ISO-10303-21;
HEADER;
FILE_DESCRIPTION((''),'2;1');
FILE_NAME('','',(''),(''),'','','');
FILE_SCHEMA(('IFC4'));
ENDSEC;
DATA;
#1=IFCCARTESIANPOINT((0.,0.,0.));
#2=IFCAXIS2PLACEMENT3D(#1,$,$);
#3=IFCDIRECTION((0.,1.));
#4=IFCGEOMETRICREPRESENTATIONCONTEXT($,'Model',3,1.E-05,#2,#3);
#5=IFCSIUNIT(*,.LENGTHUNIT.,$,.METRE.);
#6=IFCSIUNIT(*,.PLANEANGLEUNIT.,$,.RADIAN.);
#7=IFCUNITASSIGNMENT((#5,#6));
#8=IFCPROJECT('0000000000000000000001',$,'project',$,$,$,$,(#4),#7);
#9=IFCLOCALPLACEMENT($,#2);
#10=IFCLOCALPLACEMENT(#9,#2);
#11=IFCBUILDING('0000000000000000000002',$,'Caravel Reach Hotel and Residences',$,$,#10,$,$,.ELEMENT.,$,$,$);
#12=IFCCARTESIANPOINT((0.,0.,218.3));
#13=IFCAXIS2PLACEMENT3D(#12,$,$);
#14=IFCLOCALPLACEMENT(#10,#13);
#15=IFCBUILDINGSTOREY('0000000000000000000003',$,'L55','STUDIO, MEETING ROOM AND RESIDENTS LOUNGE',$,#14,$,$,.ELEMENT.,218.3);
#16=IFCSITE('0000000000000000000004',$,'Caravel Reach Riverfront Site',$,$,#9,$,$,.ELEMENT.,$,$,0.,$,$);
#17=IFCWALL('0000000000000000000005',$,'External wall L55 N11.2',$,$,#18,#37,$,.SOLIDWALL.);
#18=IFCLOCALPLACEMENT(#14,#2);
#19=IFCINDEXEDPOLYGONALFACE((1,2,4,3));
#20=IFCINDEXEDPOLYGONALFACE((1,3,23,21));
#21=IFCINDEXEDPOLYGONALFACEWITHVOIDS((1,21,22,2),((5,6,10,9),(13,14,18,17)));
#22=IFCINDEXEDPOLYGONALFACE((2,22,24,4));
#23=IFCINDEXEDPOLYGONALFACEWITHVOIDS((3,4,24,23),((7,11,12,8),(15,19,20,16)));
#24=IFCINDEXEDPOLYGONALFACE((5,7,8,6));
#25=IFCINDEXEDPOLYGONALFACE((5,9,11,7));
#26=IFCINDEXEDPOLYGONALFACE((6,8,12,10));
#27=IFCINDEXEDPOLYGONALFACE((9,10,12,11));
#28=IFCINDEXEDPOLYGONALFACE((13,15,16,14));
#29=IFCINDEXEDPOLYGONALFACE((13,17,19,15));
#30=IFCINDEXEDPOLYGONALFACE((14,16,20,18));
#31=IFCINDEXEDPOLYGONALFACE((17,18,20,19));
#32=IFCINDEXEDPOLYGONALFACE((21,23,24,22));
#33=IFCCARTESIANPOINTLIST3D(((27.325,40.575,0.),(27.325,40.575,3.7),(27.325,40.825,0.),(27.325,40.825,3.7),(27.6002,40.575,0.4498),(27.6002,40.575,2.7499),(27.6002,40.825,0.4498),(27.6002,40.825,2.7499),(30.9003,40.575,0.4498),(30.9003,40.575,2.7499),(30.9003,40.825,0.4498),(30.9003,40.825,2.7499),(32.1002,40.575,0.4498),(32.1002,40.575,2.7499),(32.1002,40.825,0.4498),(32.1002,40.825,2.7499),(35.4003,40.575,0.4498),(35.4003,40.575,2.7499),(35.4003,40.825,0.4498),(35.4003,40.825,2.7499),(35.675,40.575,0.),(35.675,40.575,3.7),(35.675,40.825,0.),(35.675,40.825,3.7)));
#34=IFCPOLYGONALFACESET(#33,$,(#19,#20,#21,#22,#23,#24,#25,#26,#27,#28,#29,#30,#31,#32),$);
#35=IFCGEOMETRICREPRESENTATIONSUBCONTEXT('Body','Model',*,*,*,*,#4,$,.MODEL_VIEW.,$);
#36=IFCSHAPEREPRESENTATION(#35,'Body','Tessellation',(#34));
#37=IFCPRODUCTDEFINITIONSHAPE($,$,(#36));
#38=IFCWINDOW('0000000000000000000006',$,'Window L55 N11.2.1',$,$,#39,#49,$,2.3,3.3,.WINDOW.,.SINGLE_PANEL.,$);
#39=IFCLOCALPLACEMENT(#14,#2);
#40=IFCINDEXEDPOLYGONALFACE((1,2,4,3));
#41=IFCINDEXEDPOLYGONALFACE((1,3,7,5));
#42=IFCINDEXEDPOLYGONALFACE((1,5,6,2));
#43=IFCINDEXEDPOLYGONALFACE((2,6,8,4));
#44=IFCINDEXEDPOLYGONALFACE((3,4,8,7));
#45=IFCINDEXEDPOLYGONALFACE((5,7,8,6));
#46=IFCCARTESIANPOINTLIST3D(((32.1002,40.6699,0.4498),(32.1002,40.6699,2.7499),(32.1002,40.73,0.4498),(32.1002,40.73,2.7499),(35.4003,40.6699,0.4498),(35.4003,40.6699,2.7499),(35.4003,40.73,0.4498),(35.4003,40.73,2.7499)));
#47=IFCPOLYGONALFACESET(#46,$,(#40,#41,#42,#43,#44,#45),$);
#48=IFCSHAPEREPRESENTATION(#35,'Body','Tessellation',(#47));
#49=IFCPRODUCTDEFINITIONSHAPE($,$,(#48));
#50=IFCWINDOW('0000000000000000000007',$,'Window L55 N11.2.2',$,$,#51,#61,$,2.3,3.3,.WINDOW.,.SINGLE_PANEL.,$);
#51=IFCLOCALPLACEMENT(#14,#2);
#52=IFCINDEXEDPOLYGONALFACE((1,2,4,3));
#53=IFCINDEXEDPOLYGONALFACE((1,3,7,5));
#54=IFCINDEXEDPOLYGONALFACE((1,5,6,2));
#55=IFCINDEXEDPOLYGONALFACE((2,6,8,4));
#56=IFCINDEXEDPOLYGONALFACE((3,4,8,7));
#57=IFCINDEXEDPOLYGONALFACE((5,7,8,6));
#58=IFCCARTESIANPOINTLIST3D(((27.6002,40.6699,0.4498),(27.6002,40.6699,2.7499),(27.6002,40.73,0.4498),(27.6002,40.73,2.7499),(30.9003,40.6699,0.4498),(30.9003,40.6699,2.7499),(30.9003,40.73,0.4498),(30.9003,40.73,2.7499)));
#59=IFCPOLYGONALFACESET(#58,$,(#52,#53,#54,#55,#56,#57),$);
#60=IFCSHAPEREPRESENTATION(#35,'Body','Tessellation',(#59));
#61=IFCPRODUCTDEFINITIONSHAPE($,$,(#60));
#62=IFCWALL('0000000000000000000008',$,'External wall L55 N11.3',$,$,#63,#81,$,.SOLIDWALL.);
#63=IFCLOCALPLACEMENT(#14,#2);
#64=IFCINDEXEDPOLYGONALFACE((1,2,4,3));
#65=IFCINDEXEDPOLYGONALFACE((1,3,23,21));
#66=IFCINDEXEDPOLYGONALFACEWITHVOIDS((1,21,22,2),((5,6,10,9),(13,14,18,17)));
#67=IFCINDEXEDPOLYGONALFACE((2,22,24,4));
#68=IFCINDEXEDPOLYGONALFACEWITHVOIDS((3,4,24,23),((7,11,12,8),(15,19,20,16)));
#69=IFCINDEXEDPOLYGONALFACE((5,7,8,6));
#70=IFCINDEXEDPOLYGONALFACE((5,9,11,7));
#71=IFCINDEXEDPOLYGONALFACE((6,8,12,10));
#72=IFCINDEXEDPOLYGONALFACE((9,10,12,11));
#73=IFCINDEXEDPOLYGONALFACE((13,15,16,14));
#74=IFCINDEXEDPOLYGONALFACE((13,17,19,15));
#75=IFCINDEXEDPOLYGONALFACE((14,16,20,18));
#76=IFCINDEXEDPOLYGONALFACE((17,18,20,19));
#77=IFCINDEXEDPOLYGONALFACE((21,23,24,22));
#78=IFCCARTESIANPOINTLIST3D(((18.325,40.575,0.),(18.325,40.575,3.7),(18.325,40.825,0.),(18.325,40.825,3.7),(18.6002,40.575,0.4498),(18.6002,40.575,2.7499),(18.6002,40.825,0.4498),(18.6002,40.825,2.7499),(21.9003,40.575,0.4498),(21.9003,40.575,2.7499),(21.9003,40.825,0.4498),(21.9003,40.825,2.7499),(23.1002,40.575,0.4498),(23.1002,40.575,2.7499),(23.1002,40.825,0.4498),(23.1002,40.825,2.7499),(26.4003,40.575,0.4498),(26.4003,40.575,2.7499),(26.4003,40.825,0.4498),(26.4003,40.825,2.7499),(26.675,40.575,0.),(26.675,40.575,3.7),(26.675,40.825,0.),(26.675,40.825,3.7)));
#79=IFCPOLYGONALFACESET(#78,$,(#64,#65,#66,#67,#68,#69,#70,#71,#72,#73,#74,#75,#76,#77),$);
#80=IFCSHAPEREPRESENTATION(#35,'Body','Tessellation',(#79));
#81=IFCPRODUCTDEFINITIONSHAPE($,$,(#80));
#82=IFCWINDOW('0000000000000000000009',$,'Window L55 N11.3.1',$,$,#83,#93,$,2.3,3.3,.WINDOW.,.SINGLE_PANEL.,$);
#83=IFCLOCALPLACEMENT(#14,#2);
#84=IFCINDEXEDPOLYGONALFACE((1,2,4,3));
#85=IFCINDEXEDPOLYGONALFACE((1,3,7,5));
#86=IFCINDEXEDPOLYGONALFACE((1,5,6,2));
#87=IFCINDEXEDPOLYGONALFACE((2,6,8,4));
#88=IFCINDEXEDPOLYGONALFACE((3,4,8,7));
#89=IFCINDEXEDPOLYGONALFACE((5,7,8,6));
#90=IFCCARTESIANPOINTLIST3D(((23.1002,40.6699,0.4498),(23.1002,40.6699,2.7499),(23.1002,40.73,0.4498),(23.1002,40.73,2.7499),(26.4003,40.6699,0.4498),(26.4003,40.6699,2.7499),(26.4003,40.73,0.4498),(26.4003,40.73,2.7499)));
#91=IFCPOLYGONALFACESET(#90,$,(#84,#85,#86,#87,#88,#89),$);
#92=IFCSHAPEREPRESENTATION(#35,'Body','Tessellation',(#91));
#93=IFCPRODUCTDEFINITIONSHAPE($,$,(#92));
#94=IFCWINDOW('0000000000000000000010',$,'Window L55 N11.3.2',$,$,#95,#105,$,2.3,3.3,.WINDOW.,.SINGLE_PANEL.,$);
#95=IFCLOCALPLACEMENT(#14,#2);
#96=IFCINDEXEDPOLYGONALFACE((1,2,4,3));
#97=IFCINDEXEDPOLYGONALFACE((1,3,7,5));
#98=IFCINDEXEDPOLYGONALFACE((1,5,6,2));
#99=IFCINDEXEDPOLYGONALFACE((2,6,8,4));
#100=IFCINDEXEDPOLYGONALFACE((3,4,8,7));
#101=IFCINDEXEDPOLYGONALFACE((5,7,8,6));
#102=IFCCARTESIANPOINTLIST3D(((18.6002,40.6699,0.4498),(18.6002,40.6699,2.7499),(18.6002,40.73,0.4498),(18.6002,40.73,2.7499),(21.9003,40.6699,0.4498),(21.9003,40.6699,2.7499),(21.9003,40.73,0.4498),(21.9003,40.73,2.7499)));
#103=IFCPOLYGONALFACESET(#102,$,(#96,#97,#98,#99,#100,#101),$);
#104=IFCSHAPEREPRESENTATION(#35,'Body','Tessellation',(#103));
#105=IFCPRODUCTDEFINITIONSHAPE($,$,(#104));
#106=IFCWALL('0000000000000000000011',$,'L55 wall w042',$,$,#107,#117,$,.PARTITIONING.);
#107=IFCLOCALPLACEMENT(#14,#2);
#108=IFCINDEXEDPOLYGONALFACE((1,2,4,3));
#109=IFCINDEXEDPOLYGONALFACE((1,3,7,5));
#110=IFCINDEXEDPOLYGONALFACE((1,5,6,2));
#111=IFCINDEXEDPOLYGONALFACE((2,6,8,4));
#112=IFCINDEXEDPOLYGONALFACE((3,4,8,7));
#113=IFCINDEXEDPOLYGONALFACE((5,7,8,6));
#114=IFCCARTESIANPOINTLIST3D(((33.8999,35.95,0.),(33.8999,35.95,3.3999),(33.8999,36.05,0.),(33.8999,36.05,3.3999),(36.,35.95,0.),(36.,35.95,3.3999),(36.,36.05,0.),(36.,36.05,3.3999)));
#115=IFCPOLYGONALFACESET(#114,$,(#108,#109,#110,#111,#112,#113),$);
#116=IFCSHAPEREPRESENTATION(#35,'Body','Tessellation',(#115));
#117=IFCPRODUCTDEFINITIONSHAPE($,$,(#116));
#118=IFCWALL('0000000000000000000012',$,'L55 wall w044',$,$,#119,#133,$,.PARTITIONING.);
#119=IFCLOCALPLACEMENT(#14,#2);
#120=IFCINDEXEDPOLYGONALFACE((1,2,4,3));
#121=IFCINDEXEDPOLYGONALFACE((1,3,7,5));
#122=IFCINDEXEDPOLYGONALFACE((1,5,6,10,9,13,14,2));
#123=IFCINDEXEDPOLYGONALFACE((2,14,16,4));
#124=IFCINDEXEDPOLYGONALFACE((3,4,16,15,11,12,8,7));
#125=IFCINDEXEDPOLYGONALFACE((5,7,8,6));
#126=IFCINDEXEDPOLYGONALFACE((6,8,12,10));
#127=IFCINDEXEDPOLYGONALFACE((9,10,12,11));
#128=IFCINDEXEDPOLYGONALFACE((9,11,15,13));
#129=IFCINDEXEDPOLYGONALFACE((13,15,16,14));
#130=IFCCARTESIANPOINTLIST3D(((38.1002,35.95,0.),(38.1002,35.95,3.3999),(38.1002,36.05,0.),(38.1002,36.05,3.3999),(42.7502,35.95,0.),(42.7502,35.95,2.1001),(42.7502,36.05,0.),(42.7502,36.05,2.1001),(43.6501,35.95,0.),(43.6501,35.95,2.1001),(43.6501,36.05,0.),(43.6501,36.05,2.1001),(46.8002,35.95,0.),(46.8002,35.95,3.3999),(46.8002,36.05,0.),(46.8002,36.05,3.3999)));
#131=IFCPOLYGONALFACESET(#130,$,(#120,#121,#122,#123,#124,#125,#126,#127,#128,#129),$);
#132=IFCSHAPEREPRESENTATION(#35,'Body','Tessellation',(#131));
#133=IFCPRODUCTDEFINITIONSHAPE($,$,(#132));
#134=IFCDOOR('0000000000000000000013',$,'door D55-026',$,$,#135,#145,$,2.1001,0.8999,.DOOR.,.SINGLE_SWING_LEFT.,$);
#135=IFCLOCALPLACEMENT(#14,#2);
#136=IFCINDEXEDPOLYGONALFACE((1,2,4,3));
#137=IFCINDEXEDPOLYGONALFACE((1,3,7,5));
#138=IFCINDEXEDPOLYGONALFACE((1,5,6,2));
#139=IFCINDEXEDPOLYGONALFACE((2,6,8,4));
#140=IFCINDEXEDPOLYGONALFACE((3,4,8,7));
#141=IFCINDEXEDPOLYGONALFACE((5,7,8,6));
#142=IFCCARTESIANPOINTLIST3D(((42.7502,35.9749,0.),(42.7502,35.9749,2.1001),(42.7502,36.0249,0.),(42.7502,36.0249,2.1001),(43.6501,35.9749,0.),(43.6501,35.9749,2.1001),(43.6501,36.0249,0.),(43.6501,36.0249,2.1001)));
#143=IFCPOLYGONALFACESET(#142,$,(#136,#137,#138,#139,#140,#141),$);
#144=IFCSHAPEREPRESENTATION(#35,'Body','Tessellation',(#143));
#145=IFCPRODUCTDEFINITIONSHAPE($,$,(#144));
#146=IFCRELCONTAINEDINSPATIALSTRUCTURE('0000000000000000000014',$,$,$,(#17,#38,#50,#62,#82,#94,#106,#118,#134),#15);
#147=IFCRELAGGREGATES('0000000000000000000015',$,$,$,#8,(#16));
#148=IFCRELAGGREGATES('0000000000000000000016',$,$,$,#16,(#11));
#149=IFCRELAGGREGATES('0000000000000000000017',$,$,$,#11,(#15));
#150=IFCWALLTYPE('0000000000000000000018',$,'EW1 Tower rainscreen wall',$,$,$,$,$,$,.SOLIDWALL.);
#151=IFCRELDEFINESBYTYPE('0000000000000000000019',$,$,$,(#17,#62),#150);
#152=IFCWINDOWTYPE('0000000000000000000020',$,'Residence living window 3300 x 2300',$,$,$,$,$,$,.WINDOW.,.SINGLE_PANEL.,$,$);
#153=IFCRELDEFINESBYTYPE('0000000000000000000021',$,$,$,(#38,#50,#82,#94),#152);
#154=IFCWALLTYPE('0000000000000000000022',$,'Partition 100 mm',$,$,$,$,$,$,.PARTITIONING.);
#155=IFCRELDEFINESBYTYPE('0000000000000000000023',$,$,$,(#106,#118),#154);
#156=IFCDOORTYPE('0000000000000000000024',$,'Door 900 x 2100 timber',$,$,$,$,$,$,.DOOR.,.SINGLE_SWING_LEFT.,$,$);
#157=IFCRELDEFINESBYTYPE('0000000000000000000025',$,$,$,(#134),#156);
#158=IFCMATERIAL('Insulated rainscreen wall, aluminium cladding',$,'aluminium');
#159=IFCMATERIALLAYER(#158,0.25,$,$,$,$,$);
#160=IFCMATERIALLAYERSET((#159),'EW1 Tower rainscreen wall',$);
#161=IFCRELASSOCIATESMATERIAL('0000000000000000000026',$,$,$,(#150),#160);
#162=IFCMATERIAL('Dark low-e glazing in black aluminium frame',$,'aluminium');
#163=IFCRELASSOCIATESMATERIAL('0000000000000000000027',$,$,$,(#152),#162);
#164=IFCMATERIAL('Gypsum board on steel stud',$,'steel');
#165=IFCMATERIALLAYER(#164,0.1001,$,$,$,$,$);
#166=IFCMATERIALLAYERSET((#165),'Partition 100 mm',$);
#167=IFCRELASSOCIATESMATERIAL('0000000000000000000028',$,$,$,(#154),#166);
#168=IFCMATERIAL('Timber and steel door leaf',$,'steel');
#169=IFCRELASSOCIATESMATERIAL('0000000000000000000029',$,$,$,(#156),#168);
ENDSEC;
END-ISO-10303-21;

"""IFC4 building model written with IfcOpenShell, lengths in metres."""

from ifc_helpers import new_model, si_unit, direction, frame, frame_2d, origin, place, context, subcontext, project, spatial, rectangle, extrude, material, layer, layer_set, type_object, element, fill, save


model = new_model("IFC4")

# Units and contexts
model_context = context("Model", 3, precision=1e-05, world=origin(), true_north=direction((0.0, 1.0)))
body_context = subcontext(model_context, "Body", "Model", "MODEL_VIEW")
ifc_project = project(units=[si_unit("LENGTHUNIT", "METRE"), si_unit("PLANEANGLEUNIT", "RADIAN")], contexts=[model_context])

# Site, building, storey
site_placement = place(None, origin())
site = spatial("IfcSite", under=ifc_project, at=site_placement, Name="Caravel Reach Riverfront Site", CompositionType="ELEMENT", RefElevation=0.0)
building_placement = place(site_placement, origin())
building = spatial("IfcBuilding", under=site, at=building_placement, Name="Caravel Reach Hotel and Residences", CompositionType="ELEMENT")
storey_placement = place(building_placement, frame((0.0, 0.0, 218.3)))
storey = spatial("IfcBuildingStorey", under=building, at=storey_placement, Name="L55", Description="STUDIO, MEETING ROOM AND RESIDENTS LOUNGE", CompositionType="ELEMENT", Elevation=218.3)

# Walls, openings, windows
ifc_material_1 = material(Name="Insulated rainscreen wall, aluminium cladding", Category="aluminium")
ifc_layer_1 = layer(ifc_material_1, 0.25)
ifc_layer_set_1 = layer_set([ifc_layer_1], Name="EW1 Tower rainscreen wall")
wall_type_1 = type_object("IfcWallType", Name="EW1 Tower rainscreen wall", PredefinedType="SOLIDWALL", material=ifc_layer_set_1)
wall_1_placement = place(storey_placement, frame((35.675, 40.7, 0.0), z_axis=(0.0, 0.0, 1.0), x_axis=(-1.0, 0.0, 0.0)))
wall_1 = element("IfcWall", 1, at=wall_1_placement, inside=storey, type_object=wall_type_1, Name="External wall L55 N11.2", PredefinedType="SOLIDWALL", context=body_context, shape_type="SweptSolid", body=[
    extrude(rectangle(XDim=8.3501, YDim=0.25, at=frame_2d((4.175, 0.0))), origin(), (0.0, 0.0, 1.0), 3.7),
])
opening_1_placement = place(wall_1_placement, frame((0.2749, 0.0, 0.45)))
opening_1 = element("IfcOpeningElement", 2, at=opening_1_placement, cuts=wall_1, PredefinedType="OPENING", context=body_context, shape_type="SweptSolid", body=[
    extrude(rectangle(XDim=3.3, YDim=2.3, at=frame_2d((1.6499, 1.1499))), frame((0.0, 0.135, 0.0), z_axis=(0.0, -1.0, 0.0), x_axis=(1.0, 0.0, 0.0)), (0.0, 0.0, 1.0), 0.27),
])
opening_2_placement = place(wall_1_placement, frame((4.7749, 0.0, 0.45)))
opening_2 = element("IfcOpeningElement", 3, at=opening_2_placement, cuts=wall_1, PredefinedType="OPENING", context=body_context, shape_type="SweptSolid", body=[
    extrude(rectangle(XDim=3.3, YDim=2.3, at=frame_2d((1.6499, 1.1499))), frame((0.0, 0.135, 0.0), z_axis=(0.0, -1.0, 0.0), x_axis=(1.0, 0.0, 0.0)), (0.0, 0.0, 1.0), 0.27),
])
ifc_material_2 = material(Name="Dark low-e glazing in black aluminium frame", Category="aluminium")
window_type = type_object("IfcWindowType", Name="Residence living window 3300 x 2300", PartitioningType="SINGLE_PANEL", PredefinedType="WINDOW", material=ifc_material_2)
window_1_placement = place(opening_1_placement, origin())
window_1 = element("IfcWindow", 4, at=window_1_placement, inside=storey, type_object=window_type, Name="Window L55 N11.2.1", OverallHeight=2.3, OverallWidth=3.3, PartitioningType="SINGLE_PANEL", PredefinedType="WINDOW", context=body_context, shape_type="SweptSolid", body=[
    extrude(rectangle(XDim=3.3, YDim=2.3, at=frame_2d((1.6499, 1.1499))), frame((0.0, 0.03, 0.0), z_axis=(0.0, -1.0, 0.0), x_axis=(1.0, 0.0, 0.0)), (0.0, 0.0, 1.0), 0.0601),
])
fill(opening_1, window_1)
window_2_placement = place(opening_2_placement, origin())
window_2 = element("IfcWindow", 5, at=window_2_placement, inside=storey, type_object=window_type, Name="Window L55 N11.2.2", OverallHeight=2.3, OverallWidth=3.3, PartitioningType="SINGLE_PANEL", PredefinedType="WINDOW", context=body_context, shape_type="SweptSolid", body=[
    extrude(rectangle(XDim=3.3, YDim=2.3, at=frame_2d((1.6499, 1.1499))), frame((0.0, 0.03, 0.0), z_axis=(0.0, -1.0, 0.0), x_axis=(1.0, 0.0, 0.0)), (0.0, 0.0, 1.0), 0.0601),
])
fill(opening_2, window_2)
wall_2_placement = place(storey_placement, frame((26.675, 40.7, 0.0), z_axis=(0.0, 0.0, 1.0), x_axis=(-1.0, 0.0, 0.0)))
wall_2 = element("IfcWall", 6, at=wall_2_placement, inside=storey, type_object=wall_type_1, Name="External wall L55 N11.3", PredefinedType="SOLIDWALL", context=body_context, shape_type="SweptSolid", body=[
    extrude(rectangle(XDim=8.3501, YDim=0.25, at=frame_2d((4.175, 0.0))), origin(), (0.0, 0.0, 1.0), 3.7),
])
opening_3_placement = place(wall_2_placement, frame((0.2749, 0.0, 0.45)))
opening_3 = element("IfcOpeningElement", 7, at=opening_3_placement, cuts=wall_2, PredefinedType="OPENING", context=body_context, shape_type="SweptSolid", body=[
    extrude(rectangle(XDim=3.3, YDim=2.3, at=frame_2d((1.6499, 1.1499))), frame((0.0, 0.135, 0.0), z_axis=(0.0, -1.0, 0.0), x_axis=(1.0, 0.0, 0.0)), (0.0, 0.0, 1.0), 0.27),
])
opening_4_placement = place(wall_2_placement, frame((4.7749, 0.0, 0.45)))
opening_4 = element("IfcOpeningElement", 8, at=opening_4_placement, cuts=wall_2, PredefinedType="OPENING", context=body_context, shape_type="SweptSolid", body=[
    extrude(rectangle(XDim=3.3, YDim=2.3, at=frame_2d((1.6499, 1.1499))), frame((0.0, 0.135, 0.0), z_axis=(0.0, -1.0, 0.0), x_axis=(1.0, 0.0, 0.0)), (0.0, 0.0, 1.0), 0.27),
])
window_3_placement = place(opening_3_placement, origin())
window_3 = element("IfcWindow", 9, at=window_3_placement, inside=storey, type_object=window_type, Name="Window L55 N11.3.1", OverallHeight=2.3, OverallWidth=3.3, PartitioningType="SINGLE_PANEL", PredefinedType="WINDOW", context=body_context, shape_type="SweptSolid", body=[
    extrude(rectangle(XDim=3.3, YDim=2.3, at=frame_2d((1.6499, 1.1499))), frame((0.0, 0.03, 0.0), z_axis=(0.0, -1.0, 0.0), x_axis=(1.0, 0.0, 0.0)), (0.0, 0.0, 1.0), 0.0601),
])
fill(opening_3, window_3)
window_4_placement = place(opening_4_placement, origin())
window_4 = element("IfcWindow", 10, at=window_4_placement, inside=storey, type_object=window_type, Name="Window L55 N11.3.2", OverallHeight=2.3, OverallWidth=3.3, PartitioningType="SINGLE_PANEL", PredefinedType="WINDOW", context=body_context, shape_type="SweptSolid", body=[
    extrude(rectangle(XDim=3.3, YDim=2.3, at=frame_2d((1.6499, 1.1499))), frame((0.0, 0.03, 0.0), z_axis=(0.0, -1.0, 0.0), x_axis=(1.0, 0.0, 0.0)), (0.0, 0.0, 1.0), 0.0601),
])
fill(opening_4, window_4)

# Wall
ifc_material_3 = material(Name="Gypsum board on steel stud", Category="steel")
ifc_layer_2 = layer(ifc_material_3, 0.1001)
ifc_layer_set_2 = layer_set([ifc_layer_2], Name="Partition 100 mm")
wall_type_2 = type_object("IfcWallType", Name="Partition 100 mm", PredefinedType="PARTITIONING", material=ifc_layer_set_2)
wall_3_placement = place(storey_placement, frame((33.8999, 36.0, 0.0), z_axis=(0.0, 0.0, 1.0), x_axis=(1.0, 0.0, 0.0)))
element("IfcWall", 11, at=wall_3_placement, inside=storey, type_object=wall_type_2, Name="L55 wall w042", PredefinedType="PARTITIONING", context=body_context, shape_type="SweptSolid", body=[
    extrude(rectangle(XDim=2.1001, YDim=0.1001, at=frame_2d((1.05, 0.0))), origin(), (0.0, 0.0, 1.0), 3.3999),
])

# Wall, opening, door
wall_4_placement = place(storey_placement, frame((38.1001, 36.0, 0.0), z_axis=(0.0, 0.0, 1.0), x_axis=(1.0, 0.0, 0.0)))
wall_4 = element("IfcWall", 12, at=wall_4_placement, inside=storey, type_object=wall_type_2, Name="L55 wall w044", PredefinedType="PARTITIONING", context=body_context, shape_type="SweptSolid", body=[
    extrude(rectangle(XDim=8.7, YDim=0.1001, at=frame_2d((4.3501, 0.0))), origin(), (0.0, 0.0, 1.0), 3.3999),
])
opening_5_placement = place(wall_4_placement, frame((4.6501, 0.0, 0.0)))
opening_5 = element("IfcOpeningElement", 13, at=opening_5_placement, cuts=wall_4, PredefinedType="OPENING", context=body_context, shape_type="SweptSolid", body=[
    extrude(rectangle(XDim=0.8999, YDim=2.1001, at=frame_2d((0.45, 1.05))), frame((0.0, 0.0601, 0.0), z_axis=(0.0, -1.0, 0.0), x_axis=(1.0, 0.0, 0.0)), (0.0, 0.0, 1.0), 0.1201),
])
ifc_material_4 = material(Name="Timber and steel door leaf", Category="steel")
door_type_1 = type_object("IfcDoorType", Name="Door 900 x 2100 timber", OperationType="SINGLE_SWING_LEFT", PredefinedType="DOOR", material=ifc_material_4)
door_1_placement = place(opening_5_placement, origin())
door_1 = element("IfcDoor", 14, at=door_1_placement, inside=storey, type_object=door_type_1, Name="door D55-026", OperationType="SINGLE_SWING_LEFT", OverallHeight=2.1001, OverallWidth=0.8999, PredefinedType="DOOR", context=body_context, shape_type="SweptSolid", body=[
    extrude(rectangle(XDim=0.8999, YDim=2.1001, at=frame_2d((0.45, 1.05))), frame((0.0, 0.0249, 0.0), z_axis=(0.0, -1.0, 0.0), x_axis=(1.0, 0.0, 0.0)), (0.0, 0.0, 1.0), 0.05),
])
fill(opening_5, door_1)

save(model, "model.ifc")
